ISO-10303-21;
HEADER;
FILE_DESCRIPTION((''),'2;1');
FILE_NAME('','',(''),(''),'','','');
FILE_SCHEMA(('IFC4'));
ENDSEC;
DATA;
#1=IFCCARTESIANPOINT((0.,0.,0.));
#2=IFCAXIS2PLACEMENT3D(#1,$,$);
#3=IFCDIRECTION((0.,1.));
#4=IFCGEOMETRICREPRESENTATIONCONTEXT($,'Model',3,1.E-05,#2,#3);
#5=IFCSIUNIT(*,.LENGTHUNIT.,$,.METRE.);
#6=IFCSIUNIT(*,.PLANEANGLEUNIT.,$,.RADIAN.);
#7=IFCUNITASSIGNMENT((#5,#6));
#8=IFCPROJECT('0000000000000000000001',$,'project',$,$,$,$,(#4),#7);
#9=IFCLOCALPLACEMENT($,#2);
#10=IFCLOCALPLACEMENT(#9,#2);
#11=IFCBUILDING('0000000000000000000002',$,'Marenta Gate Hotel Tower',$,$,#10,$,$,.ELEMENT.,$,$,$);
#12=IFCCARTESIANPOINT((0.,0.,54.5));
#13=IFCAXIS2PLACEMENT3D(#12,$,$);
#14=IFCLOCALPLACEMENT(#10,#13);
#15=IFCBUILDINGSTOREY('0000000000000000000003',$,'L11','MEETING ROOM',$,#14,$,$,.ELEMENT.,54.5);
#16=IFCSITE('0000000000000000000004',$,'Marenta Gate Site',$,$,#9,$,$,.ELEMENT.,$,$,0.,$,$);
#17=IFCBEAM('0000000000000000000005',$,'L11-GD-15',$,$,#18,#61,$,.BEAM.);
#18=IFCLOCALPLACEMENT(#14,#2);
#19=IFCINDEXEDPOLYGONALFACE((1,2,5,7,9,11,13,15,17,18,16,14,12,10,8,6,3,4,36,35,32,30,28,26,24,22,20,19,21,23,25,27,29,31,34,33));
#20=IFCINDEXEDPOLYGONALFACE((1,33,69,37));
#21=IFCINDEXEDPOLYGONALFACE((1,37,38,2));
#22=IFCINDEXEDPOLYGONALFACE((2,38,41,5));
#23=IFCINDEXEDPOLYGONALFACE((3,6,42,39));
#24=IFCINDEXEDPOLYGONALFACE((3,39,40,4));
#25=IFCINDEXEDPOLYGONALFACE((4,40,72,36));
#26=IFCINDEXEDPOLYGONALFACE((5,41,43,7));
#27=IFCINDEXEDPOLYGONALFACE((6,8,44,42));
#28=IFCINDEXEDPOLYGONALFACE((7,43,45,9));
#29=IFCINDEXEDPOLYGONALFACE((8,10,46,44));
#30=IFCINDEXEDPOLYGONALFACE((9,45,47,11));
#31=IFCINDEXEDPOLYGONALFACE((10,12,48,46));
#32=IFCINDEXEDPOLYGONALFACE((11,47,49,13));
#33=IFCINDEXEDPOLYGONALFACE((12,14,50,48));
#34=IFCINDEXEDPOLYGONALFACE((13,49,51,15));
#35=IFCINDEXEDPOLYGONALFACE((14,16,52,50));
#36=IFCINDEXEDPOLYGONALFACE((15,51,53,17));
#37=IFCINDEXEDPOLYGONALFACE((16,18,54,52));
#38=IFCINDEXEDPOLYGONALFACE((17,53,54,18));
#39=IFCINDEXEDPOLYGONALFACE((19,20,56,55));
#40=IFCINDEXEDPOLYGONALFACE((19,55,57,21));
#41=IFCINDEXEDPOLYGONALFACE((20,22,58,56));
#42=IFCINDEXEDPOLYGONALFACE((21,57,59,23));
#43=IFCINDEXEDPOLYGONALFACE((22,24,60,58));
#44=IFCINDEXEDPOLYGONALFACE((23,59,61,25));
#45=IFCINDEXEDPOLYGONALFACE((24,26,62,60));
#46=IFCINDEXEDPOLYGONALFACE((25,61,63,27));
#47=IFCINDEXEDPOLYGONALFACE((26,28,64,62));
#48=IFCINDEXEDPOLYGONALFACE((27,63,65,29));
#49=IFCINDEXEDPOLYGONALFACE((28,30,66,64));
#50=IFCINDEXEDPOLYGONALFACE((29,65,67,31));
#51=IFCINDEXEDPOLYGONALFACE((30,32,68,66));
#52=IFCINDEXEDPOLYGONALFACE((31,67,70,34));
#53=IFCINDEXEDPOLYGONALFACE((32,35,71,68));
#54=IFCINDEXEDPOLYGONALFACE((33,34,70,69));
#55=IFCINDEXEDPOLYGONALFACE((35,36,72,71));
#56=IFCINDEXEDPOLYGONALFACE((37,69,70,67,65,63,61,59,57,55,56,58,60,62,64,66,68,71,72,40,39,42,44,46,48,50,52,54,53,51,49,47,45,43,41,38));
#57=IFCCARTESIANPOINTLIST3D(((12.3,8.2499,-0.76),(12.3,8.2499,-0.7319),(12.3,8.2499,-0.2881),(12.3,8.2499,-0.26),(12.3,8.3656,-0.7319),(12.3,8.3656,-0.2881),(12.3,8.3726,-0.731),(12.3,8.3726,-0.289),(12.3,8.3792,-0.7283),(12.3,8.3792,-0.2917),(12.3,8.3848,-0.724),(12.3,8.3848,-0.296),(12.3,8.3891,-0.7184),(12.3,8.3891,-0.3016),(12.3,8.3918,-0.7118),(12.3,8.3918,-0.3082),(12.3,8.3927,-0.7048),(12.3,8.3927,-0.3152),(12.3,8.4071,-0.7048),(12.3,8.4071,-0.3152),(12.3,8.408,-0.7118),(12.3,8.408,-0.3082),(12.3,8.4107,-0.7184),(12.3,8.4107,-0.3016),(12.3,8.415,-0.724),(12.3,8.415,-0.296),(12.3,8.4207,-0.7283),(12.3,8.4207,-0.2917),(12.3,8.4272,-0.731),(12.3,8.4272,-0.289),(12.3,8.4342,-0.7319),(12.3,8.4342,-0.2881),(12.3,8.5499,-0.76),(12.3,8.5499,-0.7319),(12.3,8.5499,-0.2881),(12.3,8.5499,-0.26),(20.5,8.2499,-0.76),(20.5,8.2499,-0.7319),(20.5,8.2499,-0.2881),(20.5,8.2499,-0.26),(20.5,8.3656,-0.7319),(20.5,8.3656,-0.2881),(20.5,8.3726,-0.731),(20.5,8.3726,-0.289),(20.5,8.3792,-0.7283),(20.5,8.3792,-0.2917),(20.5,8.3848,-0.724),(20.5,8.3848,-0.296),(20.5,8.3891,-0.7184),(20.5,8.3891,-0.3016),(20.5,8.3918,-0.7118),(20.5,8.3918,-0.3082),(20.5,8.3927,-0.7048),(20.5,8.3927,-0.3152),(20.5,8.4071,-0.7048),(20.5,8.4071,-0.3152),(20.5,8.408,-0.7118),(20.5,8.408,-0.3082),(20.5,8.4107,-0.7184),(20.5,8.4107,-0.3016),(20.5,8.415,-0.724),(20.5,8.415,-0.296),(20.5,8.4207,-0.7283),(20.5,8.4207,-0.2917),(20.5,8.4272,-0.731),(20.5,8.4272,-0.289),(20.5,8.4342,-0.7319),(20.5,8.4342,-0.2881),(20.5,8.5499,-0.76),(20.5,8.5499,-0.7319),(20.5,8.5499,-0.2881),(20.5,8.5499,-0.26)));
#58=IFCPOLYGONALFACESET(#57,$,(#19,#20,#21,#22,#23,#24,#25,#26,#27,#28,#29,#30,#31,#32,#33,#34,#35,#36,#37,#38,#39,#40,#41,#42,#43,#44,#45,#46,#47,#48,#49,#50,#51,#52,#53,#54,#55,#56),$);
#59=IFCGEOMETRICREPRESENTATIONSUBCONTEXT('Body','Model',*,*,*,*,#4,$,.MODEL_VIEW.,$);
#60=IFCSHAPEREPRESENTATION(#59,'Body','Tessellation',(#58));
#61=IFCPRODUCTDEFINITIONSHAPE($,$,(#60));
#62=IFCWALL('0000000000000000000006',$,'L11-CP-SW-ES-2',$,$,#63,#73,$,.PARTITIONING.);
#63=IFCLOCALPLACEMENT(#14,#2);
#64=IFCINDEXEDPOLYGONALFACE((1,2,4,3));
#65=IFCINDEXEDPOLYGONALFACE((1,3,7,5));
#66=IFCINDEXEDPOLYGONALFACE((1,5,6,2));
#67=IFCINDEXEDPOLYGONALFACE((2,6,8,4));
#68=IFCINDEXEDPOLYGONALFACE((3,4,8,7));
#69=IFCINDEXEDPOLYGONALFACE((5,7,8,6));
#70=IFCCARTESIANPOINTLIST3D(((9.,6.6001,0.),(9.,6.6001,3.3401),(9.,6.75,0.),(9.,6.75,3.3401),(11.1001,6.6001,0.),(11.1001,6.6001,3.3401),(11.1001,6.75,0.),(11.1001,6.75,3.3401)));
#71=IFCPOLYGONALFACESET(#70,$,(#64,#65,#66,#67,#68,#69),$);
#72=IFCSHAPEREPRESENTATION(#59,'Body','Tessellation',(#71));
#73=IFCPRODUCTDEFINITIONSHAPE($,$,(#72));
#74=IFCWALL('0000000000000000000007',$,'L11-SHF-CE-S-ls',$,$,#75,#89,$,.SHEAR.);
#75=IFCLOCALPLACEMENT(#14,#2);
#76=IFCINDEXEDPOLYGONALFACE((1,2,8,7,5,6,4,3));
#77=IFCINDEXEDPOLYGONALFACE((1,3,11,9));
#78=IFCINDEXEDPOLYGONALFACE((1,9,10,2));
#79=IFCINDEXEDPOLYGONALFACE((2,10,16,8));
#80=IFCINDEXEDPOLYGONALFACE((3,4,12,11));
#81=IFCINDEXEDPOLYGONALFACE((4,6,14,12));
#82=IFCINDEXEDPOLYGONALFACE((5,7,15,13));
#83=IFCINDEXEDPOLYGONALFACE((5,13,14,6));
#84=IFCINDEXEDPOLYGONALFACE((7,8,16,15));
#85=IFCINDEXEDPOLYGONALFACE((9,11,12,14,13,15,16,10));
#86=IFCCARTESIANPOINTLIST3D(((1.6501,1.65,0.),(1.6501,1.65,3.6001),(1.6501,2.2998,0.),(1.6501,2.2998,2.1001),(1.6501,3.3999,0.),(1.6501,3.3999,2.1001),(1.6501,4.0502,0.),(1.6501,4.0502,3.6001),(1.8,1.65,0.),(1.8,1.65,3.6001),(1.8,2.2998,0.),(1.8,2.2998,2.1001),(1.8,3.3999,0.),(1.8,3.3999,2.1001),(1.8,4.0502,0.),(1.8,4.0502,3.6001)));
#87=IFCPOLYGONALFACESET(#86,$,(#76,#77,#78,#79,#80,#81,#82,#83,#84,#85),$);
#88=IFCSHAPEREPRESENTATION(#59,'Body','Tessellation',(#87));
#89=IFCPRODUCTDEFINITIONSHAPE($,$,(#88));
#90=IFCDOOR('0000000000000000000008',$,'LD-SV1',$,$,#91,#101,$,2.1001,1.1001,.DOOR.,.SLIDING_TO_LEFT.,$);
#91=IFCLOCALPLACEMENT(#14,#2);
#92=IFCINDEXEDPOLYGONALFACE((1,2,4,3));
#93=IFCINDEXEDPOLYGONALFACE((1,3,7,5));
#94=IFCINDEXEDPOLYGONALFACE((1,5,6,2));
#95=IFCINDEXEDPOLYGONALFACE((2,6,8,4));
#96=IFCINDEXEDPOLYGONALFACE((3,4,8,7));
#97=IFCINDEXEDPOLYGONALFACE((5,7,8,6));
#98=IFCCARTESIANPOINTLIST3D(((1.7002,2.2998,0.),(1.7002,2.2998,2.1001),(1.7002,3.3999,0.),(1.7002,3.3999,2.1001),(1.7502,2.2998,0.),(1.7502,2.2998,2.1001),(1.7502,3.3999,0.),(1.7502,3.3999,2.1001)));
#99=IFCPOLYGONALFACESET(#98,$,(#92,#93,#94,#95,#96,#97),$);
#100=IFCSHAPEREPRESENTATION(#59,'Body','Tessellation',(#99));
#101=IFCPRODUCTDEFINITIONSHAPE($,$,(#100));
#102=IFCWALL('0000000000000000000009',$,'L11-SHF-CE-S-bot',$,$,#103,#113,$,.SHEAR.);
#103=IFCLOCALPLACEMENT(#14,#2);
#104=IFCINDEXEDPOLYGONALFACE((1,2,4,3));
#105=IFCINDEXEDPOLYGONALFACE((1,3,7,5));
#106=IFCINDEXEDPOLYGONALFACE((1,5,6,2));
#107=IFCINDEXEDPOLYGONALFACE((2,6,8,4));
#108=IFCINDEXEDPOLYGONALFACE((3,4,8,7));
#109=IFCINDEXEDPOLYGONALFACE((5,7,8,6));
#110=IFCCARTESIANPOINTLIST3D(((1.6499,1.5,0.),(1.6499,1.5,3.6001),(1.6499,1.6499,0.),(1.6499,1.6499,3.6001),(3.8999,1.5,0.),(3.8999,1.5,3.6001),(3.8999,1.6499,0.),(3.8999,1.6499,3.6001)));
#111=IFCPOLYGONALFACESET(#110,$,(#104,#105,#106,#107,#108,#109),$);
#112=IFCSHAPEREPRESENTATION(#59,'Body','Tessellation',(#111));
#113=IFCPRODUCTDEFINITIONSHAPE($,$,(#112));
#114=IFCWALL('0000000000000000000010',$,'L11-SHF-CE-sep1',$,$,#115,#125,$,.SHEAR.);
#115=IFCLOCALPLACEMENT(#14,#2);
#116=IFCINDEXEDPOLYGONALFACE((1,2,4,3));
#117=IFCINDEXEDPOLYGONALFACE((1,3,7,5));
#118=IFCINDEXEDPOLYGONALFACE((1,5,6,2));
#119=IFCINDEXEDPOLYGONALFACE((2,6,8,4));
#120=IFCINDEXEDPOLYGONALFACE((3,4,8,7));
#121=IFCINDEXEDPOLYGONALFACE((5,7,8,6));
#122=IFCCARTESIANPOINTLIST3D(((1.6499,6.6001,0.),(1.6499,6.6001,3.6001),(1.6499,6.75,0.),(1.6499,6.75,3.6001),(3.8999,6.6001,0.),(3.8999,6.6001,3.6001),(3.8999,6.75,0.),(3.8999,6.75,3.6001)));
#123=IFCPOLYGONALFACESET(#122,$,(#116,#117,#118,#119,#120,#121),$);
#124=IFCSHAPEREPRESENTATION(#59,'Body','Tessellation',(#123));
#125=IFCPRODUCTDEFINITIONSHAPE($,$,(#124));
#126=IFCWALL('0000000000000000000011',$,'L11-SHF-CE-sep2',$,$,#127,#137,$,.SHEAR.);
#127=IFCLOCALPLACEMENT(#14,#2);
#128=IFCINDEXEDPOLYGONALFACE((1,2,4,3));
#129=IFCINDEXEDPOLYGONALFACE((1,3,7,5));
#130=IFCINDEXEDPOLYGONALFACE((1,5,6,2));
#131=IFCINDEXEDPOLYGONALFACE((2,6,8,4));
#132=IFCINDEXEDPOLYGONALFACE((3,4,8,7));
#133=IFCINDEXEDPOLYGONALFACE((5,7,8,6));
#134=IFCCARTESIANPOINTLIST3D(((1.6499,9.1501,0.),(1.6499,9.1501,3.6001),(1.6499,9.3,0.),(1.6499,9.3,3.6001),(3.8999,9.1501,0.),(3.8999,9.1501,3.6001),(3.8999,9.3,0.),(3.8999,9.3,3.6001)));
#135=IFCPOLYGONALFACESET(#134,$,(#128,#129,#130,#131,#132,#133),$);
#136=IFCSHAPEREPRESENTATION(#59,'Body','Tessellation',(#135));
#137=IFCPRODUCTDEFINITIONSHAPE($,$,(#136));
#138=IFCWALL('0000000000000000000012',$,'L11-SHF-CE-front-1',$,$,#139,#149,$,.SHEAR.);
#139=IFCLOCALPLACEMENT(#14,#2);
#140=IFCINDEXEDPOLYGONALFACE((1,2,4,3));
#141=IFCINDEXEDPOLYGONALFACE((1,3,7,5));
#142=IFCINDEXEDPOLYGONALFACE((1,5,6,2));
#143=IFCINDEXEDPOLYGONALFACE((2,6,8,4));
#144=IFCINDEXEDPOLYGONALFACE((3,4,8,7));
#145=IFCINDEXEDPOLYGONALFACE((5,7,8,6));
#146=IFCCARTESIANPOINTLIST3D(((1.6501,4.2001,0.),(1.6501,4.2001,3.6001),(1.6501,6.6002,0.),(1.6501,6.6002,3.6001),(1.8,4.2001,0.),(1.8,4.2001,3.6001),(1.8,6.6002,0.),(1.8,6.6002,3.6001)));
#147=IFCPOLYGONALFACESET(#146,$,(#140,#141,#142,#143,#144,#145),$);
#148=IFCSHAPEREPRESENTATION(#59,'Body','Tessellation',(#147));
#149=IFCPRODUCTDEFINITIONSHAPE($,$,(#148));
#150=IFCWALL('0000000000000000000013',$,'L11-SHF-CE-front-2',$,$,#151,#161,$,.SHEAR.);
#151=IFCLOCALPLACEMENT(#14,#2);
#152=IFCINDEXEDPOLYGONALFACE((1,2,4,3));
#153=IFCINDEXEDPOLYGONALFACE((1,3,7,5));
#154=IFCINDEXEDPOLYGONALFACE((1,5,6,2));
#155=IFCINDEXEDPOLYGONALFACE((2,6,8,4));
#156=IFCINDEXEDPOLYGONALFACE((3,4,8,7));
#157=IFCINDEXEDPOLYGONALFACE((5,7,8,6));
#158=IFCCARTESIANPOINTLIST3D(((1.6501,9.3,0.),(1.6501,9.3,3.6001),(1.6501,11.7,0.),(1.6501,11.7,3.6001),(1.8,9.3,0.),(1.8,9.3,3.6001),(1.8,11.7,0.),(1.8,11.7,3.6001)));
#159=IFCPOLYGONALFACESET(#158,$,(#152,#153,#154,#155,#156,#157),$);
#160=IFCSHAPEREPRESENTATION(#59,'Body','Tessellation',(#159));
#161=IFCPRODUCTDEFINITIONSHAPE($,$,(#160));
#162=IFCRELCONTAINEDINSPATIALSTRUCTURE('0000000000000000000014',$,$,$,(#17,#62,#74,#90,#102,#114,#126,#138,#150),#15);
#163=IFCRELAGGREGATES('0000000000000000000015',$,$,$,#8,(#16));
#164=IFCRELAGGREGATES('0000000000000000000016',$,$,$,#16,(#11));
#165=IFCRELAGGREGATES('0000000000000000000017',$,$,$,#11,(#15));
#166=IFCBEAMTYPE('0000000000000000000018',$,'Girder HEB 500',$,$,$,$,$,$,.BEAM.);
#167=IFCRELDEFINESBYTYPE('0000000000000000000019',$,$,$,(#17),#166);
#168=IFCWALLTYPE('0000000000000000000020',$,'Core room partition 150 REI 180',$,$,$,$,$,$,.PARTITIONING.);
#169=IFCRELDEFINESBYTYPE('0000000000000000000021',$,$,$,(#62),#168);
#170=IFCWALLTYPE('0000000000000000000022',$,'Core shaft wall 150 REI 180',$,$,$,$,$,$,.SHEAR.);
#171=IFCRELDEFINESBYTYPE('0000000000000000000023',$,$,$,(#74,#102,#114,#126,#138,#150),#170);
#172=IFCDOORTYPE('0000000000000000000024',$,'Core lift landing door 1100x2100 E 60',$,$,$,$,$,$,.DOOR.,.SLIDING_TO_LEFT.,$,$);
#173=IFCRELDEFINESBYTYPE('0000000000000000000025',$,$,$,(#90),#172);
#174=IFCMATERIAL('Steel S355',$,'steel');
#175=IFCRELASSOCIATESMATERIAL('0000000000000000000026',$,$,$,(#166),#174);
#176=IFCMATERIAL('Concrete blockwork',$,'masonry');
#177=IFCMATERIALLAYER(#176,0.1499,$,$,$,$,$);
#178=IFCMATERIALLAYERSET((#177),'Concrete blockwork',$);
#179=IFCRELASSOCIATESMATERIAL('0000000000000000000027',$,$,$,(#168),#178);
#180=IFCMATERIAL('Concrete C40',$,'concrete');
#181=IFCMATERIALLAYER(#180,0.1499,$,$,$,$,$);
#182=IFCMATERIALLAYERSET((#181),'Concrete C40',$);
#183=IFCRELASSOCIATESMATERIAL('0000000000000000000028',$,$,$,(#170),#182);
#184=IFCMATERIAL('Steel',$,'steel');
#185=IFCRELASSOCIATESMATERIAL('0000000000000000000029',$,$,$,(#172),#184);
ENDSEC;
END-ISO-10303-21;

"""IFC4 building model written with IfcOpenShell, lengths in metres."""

from ifc_helpers import new_model, si_unit, direction, frame, frame_2d, origin, origin_2d, place, context, subcontext, project, spatial, rectangle, i_section, extrude, material, layer, layer_set, material_profile, profile_set, type_object, element, fill, save


model = new_model("IFC4")

# Units and contexts
model_context = context("Model", 3, precision=1e-05, world=origin(), true_north=direction((0.0, 1.0)))
body_context = subcontext(model_context, "Body", "Model", "MODEL_VIEW")
ifc_project = project(units=[si_unit("LENGTHUNIT", "METRE"), si_unit("PLANEANGLEUNIT", "RADIAN")], contexts=[model_context])

# Site, building, storey
site_placement = place(None, origin())
site = spatial("IfcSite", under=ifc_project, at=site_placement, Name="Marenta Gate Site", CompositionType="ELEMENT", RefElevation=0.0)
building_placement = place(site_placement, origin())
building = spatial("IfcBuilding", under=site, at=building_placement, Name="Marenta Gate Hotel Tower", CompositionType="ELEMENT")
storey_placement = place(building_placement, frame((0.0, 0.0, 54.5)))
storey = spatial("IfcBuildingStorey", under=building, at=storey_placement, Name="L11", Description="MEETING ROOM", CompositionType="ELEMENT", Elevation=54.5)

# Beam
ifc_material_1 = material(Name="Steel S355", Category="steel")
ifc_material_profile = material_profile(ifc_material_1, i_section(OverallWidth=0.3, OverallDepth=0.5, WebThickness=0.0144, FlangeThickness=0.0281, FilletRadius=0.0271, at=origin_2d()), Name="HEB 500")
ifc_profile_set = profile_set([ifc_material_profile], Name="Steel S355")
beam_type = type_object("IfcBeamType", Name="Girder HEB 500", PredefinedType="BEAM", material=ifc_profile_set)
beam_placement = place(storey_placement, frame((12.3, 8.3999, -0.51), z_axis=(1.0, 0.0, 0.0), x_axis=(0.0, 1.0, 0.0)))
element("IfcBeam", 1, at=beam_placement, inside=storey, type_object=beam_type, Name="L11-GD-15", PredefinedType="BEAM", context=body_context, shape_type="SweptSolid", body=[
    extrude(i_section(OverallWidth=0.3, OverallDepth=0.5, WebThickness=0.0144, FlangeThickness=0.0281, FilletRadius=0.0271, at=origin_2d()), origin(), (0.0, 0.0, 1.0), 8.2),
])

# Wall
ifc_material_2 = material(Name="Concrete blockwork", Category="masonry")
ifc_layer_1 = layer(ifc_material_2, 0.1499)
ifc_layer_set_1 = layer_set([ifc_layer_1], Name="Concrete blockwork")
wall_type_1 = type_object("IfcWallType", Name="Core room partition 150 REI 180", PredefinedType="PARTITIONING", material=ifc_layer_set_1)
wall_1_placement = place(storey_placement, frame((9.0, 6.675, 0.0), z_axis=(0.0, 0.0, 1.0), x_axis=(1.0, 0.0, 0.0)))
element("IfcWall", 2, at=wall_1_placement, inside=storey, type_object=wall_type_1, Name="L11-CP-SW-ES-2", PredefinedType="PARTITIONING", context=body_context, shape_type="SweptSolid", body=[
    extrude(rectangle(XDim=2.1001, YDim=0.1499, at=frame_2d((1.05, 0.0))), origin(), (0.0, 0.0, 1.0), 3.3401),
])

# Wall, opening, door
ifc_material_3 = material(Name="Concrete C40", Category="concrete")
ifc_layer_2 = layer(ifc_material_3, 0.1499)
ifc_layer_set_2 = layer_set([ifc_layer_2], Name="Concrete C40")
wall_type_2 = type_object("IfcWallType", Name="Core shaft wall 150 REI 180", PredefinedType="SHEAR", material=ifc_layer_set_2)
wall_2_placement = place(storey_placement, frame((1.7251, 1.6499, 0.0), z_axis=(0.0, 0.0, 1.0), x_axis=(0.0, 1.0, 0.0)))
wall_2 = element("IfcWall", 3, at=wall_2_placement, inside=storey, type_object=wall_type_2, Name="L11-SHF-CE-S-ls", PredefinedType="SHEAR", context=body_context, shape_type="SweptSolid", body=[
    extrude(rectangle(XDim=2.4001, YDim=0.1499, at=frame_2d((1.2002, 0.0))), origin(), (0.0, 0.0, 1.0), 3.6001),
])
opening_1_placement = place(wall_2_placement, frame((0.6499, 0.0, 0.0)))
opening_1 = element("IfcOpeningElement", 4, at=opening_1_placement, cuts=wall_2, PredefinedType="OPENING", context=body_context, shape_type="SweptSolid", body=[
    extrude(rectangle(XDim=1.1001, YDim=2.1001, at=frame_2d((0.55, 1.05))), frame((0.0, 0.075, 0.0), z_axis=(0.0, -1.0, 0.0), x_axis=(1.0, 0.0, 0.0)), (0.0, 0.0, 1.0), 0.1499),
])
ifc_material_4 = material(Name="Steel", Category="steel")
door_type_1 = type_object("IfcDoorType", Name="Core lift landing door 1100x2100 E 60", OperationType="SLIDING_TO_LEFT", PredefinedType="DOOR", material=ifc_material_4)
door_1_placement = place(opening_1_placement, origin())
door_1 = element("IfcDoor", 5, at=door_1_placement, inside=storey, type_object=door_type_1, Name="LD-SV1", OperationType="SLIDING_TO_LEFT", OverallHeight=2.1001, OverallWidth=1.1001, PredefinedType="DOOR", context=body_context, shape_type="SweptSolid", body=[
    extrude(rectangle(XDim=1.1001, YDim=2.1001, at=frame_2d((0.55, 1.05))), frame((0.0, 0.0249, 0.0), z_axis=(0.0, -1.0, 0.0), x_axis=(1.0, 0.0, 0.0)), (0.0, 0.0, 1.0), 0.05),
])
fill(opening_1, door_1)

# Walls
for number, where, z_axis, x_axis, name in (
    (6, (1.6499, 1.575, 0.0), (0.0, 0.0, 1.0), (1.0, 0.0, 0.0), "L11-SHF-CE-S-bot"),
    (7, (1.6499, 6.675, 0.0), (0.0, 0.0, 1.0), (1.0, 0.0, 0.0), "L11-SHF-CE-sep1"),
    (8, (1.6499, 9.2251, 0.0), (0.0, 0.0, 1.0), (1.0, 0.0, 0.0), "L11-SHF-CE-sep2"),
):
    element("IfcWall", number, at=place(storey_placement, frame(where, z_axis=z_axis, x_axis=x_axis)), inside=storey, type_object=wall_type_2, Name=name, PredefinedType="SHEAR", context=body_context, shape_type="SweptSolid", body=[
        extrude(rectangle(XDim=2.25, YDim=0.1499, at=frame_2d((1.125, 0.0))), origin(), (0.0, 0.0, 1.0), 3.6001),
    ])
wall_3_placement = place(storey_placement, frame((1.7251, 4.2, 0.0), z_axis=(0.0, 0.0, 1.0), x_axis=(0.0, 1.0, 0.0)))
element("IfcWall", 9, at=wall_3_placement, inside=storey, type_object=wall_type_2, Name="L11-SHF-CE-front-1", PredefinedType="SHEAR", context=body_context, shape_type="SweptSolid", body=[
    extrude(rectangle(XDim=2.4001, YDim=0.1499, at=frame_2d((1.2002, 0.0))), origin(), (0.0, 0.0, 1.0), 3.6001),
])
wall_4_placement = place(storey_placement, frame((1.7251, 9.3, 0.0), z_axis=(0.0, 0.0, 1.0), x_axis=(0.0, 1.0, 0.0)))
element("IfcWall", 10, at=wall_4_placement, inside=storey, type_object=wall_type_2, Name="L11-SHF-CE-front-2", PredefinedType="SHEAR", context=body_context, shape_type="SweptSolid", body=[
    extrude(rectangle(XDim=2.3999, YDim=0.1499, at=frame_2d((1.2, 0.0))), origin(), (0.0, 0.0, 1.0), 3.6001),
])

save(model, "model.ifc")
